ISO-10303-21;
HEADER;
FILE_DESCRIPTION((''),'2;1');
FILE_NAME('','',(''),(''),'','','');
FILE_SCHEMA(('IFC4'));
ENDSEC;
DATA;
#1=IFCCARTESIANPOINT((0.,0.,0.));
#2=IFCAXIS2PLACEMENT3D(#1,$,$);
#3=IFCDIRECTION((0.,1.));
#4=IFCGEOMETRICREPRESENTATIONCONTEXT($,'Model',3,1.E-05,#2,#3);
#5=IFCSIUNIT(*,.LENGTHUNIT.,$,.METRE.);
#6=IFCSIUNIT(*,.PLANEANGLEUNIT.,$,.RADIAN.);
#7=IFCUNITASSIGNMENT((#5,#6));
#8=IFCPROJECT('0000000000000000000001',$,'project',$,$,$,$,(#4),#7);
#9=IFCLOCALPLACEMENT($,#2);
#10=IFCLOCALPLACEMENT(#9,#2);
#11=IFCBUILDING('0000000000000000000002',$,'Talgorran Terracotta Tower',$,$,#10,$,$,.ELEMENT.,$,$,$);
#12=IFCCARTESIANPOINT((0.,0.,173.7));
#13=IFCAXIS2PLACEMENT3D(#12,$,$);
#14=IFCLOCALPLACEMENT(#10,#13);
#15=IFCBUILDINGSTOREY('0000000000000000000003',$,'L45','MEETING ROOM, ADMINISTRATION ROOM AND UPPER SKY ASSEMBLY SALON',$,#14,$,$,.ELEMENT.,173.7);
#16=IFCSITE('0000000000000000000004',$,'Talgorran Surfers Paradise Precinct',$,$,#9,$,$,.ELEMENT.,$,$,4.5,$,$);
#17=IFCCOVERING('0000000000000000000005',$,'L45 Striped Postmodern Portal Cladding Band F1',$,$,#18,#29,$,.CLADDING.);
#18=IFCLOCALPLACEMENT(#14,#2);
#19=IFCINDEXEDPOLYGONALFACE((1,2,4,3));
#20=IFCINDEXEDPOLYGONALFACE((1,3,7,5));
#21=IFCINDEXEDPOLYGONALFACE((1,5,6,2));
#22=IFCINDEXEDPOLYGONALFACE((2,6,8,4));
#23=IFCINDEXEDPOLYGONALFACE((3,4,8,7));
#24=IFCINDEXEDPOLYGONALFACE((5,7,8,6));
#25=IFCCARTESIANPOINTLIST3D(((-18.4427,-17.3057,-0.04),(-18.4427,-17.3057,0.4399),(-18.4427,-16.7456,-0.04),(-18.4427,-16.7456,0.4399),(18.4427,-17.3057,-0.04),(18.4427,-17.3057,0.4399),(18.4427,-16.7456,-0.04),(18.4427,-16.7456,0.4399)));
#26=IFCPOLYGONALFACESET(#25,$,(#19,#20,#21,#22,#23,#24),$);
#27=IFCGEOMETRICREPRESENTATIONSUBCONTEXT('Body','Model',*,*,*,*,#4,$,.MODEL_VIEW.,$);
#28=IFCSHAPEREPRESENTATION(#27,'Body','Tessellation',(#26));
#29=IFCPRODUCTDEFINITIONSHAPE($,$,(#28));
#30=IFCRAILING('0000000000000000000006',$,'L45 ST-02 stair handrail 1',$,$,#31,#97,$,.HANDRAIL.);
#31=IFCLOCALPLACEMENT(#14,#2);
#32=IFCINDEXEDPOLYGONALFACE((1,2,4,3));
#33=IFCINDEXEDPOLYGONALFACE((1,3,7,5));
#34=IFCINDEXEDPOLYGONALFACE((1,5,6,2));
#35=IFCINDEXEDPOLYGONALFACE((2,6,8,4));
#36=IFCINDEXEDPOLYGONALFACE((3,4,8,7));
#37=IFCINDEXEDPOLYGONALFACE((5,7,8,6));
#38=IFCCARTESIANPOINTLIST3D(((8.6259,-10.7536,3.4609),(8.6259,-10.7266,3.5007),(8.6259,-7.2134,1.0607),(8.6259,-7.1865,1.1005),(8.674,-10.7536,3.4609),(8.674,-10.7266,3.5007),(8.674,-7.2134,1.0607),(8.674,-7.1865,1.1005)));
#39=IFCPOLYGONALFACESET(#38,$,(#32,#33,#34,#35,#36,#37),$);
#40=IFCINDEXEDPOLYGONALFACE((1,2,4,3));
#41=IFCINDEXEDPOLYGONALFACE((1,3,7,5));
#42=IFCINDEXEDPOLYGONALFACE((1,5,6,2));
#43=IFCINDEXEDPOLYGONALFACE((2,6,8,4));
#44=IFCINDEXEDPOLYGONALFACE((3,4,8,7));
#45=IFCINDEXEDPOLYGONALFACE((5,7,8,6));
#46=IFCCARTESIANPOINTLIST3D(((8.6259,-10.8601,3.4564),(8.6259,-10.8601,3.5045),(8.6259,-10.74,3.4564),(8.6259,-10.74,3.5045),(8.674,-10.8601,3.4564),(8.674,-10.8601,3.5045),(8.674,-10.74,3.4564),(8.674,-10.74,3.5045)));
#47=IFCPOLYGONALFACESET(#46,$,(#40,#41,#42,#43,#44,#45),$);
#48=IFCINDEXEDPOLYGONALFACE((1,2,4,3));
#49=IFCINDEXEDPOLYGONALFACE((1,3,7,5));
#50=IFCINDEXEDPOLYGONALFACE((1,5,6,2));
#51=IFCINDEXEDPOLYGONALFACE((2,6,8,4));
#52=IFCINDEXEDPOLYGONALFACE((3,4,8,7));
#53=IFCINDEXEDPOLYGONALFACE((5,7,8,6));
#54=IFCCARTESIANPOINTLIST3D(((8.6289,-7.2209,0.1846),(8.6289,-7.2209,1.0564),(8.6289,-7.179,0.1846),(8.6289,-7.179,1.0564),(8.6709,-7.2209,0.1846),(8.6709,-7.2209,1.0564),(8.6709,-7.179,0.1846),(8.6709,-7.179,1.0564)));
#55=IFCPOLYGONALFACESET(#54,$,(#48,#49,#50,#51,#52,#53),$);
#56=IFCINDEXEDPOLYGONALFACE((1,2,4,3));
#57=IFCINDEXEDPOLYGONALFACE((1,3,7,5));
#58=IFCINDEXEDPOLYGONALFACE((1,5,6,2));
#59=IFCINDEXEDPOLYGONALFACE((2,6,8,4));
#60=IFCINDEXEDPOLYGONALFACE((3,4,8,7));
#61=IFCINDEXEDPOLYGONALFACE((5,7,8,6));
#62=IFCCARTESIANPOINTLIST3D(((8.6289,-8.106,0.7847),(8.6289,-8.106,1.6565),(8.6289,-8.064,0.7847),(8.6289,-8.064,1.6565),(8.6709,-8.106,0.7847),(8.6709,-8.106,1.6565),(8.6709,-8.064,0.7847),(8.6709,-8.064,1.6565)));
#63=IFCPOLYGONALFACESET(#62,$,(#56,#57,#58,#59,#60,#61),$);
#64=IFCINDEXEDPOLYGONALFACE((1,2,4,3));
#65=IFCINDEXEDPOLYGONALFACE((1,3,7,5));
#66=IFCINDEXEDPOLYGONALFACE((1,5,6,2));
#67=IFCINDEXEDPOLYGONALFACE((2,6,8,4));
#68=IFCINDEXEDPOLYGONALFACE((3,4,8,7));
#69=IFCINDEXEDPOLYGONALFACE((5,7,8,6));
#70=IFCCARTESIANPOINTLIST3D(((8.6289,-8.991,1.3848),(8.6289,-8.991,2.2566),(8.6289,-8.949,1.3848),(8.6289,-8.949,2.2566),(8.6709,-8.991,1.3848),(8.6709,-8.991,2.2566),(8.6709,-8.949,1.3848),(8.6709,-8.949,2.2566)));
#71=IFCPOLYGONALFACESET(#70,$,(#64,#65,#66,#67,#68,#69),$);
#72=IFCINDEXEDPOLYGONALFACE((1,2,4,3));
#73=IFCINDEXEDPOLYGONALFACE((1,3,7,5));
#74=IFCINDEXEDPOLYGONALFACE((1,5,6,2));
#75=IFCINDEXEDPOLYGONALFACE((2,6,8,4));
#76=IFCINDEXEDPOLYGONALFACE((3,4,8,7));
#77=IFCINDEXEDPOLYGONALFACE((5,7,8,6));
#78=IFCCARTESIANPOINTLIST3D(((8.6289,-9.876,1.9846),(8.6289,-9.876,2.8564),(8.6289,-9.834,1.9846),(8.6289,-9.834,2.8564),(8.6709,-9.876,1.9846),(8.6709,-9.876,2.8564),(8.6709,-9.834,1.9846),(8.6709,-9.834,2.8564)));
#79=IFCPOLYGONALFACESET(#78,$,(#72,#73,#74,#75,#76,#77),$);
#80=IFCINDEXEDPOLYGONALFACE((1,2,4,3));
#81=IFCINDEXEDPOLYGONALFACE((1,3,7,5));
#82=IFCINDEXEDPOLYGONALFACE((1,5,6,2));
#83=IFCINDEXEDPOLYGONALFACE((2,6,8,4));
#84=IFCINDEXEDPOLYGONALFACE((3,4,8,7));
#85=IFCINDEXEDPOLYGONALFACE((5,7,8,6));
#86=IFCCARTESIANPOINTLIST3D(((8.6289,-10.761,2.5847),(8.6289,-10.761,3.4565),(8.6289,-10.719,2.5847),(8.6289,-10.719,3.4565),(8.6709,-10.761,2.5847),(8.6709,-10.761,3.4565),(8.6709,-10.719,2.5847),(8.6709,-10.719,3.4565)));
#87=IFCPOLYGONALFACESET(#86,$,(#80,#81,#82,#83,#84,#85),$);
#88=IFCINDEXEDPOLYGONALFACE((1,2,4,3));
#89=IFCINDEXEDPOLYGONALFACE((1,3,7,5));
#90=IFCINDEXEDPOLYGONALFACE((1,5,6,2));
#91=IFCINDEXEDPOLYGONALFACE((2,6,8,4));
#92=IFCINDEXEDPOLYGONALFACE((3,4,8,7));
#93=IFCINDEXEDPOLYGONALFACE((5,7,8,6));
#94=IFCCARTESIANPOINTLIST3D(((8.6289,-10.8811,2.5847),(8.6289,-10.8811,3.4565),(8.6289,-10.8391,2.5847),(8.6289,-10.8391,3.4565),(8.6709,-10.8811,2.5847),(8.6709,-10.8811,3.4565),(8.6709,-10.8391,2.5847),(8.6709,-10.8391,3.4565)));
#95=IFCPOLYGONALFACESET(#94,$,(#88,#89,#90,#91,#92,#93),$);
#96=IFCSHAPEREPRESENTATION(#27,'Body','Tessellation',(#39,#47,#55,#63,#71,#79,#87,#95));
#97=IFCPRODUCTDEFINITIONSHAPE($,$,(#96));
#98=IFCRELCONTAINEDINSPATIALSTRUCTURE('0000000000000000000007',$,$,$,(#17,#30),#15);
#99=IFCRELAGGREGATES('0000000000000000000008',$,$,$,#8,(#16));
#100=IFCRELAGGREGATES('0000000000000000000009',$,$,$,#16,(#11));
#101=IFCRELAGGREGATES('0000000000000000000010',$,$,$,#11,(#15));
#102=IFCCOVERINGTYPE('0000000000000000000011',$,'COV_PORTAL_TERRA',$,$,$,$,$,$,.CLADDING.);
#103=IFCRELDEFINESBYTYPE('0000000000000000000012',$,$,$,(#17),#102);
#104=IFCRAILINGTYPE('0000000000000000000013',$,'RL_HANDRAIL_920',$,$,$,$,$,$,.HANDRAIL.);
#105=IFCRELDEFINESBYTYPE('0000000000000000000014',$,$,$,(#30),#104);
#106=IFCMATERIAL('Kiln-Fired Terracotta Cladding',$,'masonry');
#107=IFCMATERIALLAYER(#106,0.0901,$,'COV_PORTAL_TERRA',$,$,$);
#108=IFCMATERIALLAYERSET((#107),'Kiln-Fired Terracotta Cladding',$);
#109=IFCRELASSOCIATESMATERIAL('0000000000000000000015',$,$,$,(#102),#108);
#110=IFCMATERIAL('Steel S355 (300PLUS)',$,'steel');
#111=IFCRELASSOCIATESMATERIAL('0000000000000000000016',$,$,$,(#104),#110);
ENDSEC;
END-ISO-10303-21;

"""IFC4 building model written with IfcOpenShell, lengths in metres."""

from ifc_helpers import new_model, si_unit, direction, frame, origin, origin_2d, place, context, subcontext, project, spatial, rectangle, extrude, material, layer, layer_set, type_object, element, save


model = new_model("IFC4")

# Units and contexts
model_context = context("Model", 3, precision=1e-05, world=origin(), true_north=direction((0.0, 1.0)))
body_context = subcontext(model_context, "Body", "Model", "MODEL_VIEW")
ifc_project = project(units=[si_unit("LENGTHUNIT", "METRE"), si_unit("PLANEANGLEUNIT", "RADIAN")], contexts=[model_context])

# Site, building, storey
site_placement = place(None, origin())
site = spatial("IfcSite", under=ifc_project, at=site_placement, Name="Talgorran Surfers Paradise Precinct", CompositionType="ELEMENT", RefElevation=4.5)
building_placement = place(site_placement, origin())
building = spatial("IfcBuilding", under=site, at=building_placement, Name="Talgorran Terracotta Tower", CompositionType="ELEMENT")
storey_placement = place(building_placement, frame((0.0, 0.0, 173.7)))
storey = spatial("IfcBuildingStorey", under=building, at=storey_placement, Name="L45", Description="MEETING ROOM, ADMINISTRATION ROOM AND UPPER SKY ASSEMBLY SALON", CompositionType="ELEMENT", Elevation=173.7)

# Covering
ifc_material_1 = material(Name="Kiln-Fired Terracotta Cladding", Category="masonry")
ifc_layer_1 = layer(ifc_material_1, 0.0901, Name="COV_PORTAL_TERRA")
ifc_layer_set_1 = layer_set([ifc_layer_1], Name="Kiln-Fired Terracotta Cladding")
covering_type_1 = type_object("IfcCoveringType", Name="COV_PORTAL_TERRA", PredefinedType="CLADDING", material=ifc_layer_set_1)
covering_1_placement = place(storey_placement, frame((0.0, -17.0256, -0.04), z_axis=(0.0, 0.0, 1.0), x_axis=(1.0, 0.0, 0.0)))
element("IfcCovering", 1, at=covering_1_placement, inside=storey, type_object=covering_type_1, Name="L45 Striped Postmodern Portal Cladding Band F1", PredefinedType="CLADDING", context=body_context, shape_type="SweptSolid", body=[
    extrude(rectangle(XDim=36.8855, YDim=0.5601, at=origin_2d()), origin(), (0.0, 0.0, 1.0), 0.48),
])

# Railing
ifc_material_2 = material(Name="Steel S355 (300PLUS)", Category="steel")
railing_type = type_object("IfcRailingType", Name="RL_HANDRAIL_920", PredefinedType="HANDRAIL", material=ifc_material_2)
railing_placement = place(storey_placement, frame((8.6499, -7.2, 0.1846)))
element("IfcRailing", 2, at=railing_placement, inside=storey, type_object=railing_type, Name="L45 ST-02 stair handrail 1", PredefinedType="HANDRAIL", context=body_context, shape_type="SweptSolid", body=[
    extrude(rectangle(XDim=0.0481, YDim=0.0481, at=origin_2d()), frame((0.0, 0.0, 0.896), z_axis=(0.0, -0.827695, 0.561178), x_axis=(1.0, 0.0, 0.0)), (0.0, 0.0, 1.0), 4.2771),
    extrude(rectangle(XDim=0.0481, YDim=0.0481, at=origin_2d()), frame((0.0, -3.54, 3.2959), z_axis=(0.0, -1.0, 0.0), x_axis=(1.0, 0.0, 0.0)), (0.0, 0.0, 1.0), 0.1201),
    extrude(rectangle(XDim=0.042, YDim=0.042, at=origin_2d()), origin(), (0.0, 0.0, 1.0), 0.8718),
    extrude(rectangle(XDim=0.042, YDim=0.042, at=origin_2d()), frame((0.0, -0.885, 0.6001)), (0.0, 0.0, 1.0), 0.8718),
    extrude(rectangle(XDim=0.042, YDim=0.042, at=origin_2d()), frame((0.0, -1.77, 1.2002)), (0.0, 0.0, 1.0), 0.8718),
    extrude(rectangle(XDim=0.042, YDim=0.042, at=origin_2d()), frame((0.0, -2.655, 1.8)), (0.0, 0.0, 1.0), 0.8718),
    extrude(rectangle(XDim=0.042, YDim=0.042, at=origin_2d()), frame((0.0, -3.54, 2.4001)), (0.0, 0.0, 1.0), 0.8718),
    extrude(rectangle(XDim=0.042, YDim=0.042, at=origin_2d()), frame((0.0, -3.6602, 2.4001)), (0.0, 0.0, 1.0), 0.8718),
])

save(model, "model.ifc")
